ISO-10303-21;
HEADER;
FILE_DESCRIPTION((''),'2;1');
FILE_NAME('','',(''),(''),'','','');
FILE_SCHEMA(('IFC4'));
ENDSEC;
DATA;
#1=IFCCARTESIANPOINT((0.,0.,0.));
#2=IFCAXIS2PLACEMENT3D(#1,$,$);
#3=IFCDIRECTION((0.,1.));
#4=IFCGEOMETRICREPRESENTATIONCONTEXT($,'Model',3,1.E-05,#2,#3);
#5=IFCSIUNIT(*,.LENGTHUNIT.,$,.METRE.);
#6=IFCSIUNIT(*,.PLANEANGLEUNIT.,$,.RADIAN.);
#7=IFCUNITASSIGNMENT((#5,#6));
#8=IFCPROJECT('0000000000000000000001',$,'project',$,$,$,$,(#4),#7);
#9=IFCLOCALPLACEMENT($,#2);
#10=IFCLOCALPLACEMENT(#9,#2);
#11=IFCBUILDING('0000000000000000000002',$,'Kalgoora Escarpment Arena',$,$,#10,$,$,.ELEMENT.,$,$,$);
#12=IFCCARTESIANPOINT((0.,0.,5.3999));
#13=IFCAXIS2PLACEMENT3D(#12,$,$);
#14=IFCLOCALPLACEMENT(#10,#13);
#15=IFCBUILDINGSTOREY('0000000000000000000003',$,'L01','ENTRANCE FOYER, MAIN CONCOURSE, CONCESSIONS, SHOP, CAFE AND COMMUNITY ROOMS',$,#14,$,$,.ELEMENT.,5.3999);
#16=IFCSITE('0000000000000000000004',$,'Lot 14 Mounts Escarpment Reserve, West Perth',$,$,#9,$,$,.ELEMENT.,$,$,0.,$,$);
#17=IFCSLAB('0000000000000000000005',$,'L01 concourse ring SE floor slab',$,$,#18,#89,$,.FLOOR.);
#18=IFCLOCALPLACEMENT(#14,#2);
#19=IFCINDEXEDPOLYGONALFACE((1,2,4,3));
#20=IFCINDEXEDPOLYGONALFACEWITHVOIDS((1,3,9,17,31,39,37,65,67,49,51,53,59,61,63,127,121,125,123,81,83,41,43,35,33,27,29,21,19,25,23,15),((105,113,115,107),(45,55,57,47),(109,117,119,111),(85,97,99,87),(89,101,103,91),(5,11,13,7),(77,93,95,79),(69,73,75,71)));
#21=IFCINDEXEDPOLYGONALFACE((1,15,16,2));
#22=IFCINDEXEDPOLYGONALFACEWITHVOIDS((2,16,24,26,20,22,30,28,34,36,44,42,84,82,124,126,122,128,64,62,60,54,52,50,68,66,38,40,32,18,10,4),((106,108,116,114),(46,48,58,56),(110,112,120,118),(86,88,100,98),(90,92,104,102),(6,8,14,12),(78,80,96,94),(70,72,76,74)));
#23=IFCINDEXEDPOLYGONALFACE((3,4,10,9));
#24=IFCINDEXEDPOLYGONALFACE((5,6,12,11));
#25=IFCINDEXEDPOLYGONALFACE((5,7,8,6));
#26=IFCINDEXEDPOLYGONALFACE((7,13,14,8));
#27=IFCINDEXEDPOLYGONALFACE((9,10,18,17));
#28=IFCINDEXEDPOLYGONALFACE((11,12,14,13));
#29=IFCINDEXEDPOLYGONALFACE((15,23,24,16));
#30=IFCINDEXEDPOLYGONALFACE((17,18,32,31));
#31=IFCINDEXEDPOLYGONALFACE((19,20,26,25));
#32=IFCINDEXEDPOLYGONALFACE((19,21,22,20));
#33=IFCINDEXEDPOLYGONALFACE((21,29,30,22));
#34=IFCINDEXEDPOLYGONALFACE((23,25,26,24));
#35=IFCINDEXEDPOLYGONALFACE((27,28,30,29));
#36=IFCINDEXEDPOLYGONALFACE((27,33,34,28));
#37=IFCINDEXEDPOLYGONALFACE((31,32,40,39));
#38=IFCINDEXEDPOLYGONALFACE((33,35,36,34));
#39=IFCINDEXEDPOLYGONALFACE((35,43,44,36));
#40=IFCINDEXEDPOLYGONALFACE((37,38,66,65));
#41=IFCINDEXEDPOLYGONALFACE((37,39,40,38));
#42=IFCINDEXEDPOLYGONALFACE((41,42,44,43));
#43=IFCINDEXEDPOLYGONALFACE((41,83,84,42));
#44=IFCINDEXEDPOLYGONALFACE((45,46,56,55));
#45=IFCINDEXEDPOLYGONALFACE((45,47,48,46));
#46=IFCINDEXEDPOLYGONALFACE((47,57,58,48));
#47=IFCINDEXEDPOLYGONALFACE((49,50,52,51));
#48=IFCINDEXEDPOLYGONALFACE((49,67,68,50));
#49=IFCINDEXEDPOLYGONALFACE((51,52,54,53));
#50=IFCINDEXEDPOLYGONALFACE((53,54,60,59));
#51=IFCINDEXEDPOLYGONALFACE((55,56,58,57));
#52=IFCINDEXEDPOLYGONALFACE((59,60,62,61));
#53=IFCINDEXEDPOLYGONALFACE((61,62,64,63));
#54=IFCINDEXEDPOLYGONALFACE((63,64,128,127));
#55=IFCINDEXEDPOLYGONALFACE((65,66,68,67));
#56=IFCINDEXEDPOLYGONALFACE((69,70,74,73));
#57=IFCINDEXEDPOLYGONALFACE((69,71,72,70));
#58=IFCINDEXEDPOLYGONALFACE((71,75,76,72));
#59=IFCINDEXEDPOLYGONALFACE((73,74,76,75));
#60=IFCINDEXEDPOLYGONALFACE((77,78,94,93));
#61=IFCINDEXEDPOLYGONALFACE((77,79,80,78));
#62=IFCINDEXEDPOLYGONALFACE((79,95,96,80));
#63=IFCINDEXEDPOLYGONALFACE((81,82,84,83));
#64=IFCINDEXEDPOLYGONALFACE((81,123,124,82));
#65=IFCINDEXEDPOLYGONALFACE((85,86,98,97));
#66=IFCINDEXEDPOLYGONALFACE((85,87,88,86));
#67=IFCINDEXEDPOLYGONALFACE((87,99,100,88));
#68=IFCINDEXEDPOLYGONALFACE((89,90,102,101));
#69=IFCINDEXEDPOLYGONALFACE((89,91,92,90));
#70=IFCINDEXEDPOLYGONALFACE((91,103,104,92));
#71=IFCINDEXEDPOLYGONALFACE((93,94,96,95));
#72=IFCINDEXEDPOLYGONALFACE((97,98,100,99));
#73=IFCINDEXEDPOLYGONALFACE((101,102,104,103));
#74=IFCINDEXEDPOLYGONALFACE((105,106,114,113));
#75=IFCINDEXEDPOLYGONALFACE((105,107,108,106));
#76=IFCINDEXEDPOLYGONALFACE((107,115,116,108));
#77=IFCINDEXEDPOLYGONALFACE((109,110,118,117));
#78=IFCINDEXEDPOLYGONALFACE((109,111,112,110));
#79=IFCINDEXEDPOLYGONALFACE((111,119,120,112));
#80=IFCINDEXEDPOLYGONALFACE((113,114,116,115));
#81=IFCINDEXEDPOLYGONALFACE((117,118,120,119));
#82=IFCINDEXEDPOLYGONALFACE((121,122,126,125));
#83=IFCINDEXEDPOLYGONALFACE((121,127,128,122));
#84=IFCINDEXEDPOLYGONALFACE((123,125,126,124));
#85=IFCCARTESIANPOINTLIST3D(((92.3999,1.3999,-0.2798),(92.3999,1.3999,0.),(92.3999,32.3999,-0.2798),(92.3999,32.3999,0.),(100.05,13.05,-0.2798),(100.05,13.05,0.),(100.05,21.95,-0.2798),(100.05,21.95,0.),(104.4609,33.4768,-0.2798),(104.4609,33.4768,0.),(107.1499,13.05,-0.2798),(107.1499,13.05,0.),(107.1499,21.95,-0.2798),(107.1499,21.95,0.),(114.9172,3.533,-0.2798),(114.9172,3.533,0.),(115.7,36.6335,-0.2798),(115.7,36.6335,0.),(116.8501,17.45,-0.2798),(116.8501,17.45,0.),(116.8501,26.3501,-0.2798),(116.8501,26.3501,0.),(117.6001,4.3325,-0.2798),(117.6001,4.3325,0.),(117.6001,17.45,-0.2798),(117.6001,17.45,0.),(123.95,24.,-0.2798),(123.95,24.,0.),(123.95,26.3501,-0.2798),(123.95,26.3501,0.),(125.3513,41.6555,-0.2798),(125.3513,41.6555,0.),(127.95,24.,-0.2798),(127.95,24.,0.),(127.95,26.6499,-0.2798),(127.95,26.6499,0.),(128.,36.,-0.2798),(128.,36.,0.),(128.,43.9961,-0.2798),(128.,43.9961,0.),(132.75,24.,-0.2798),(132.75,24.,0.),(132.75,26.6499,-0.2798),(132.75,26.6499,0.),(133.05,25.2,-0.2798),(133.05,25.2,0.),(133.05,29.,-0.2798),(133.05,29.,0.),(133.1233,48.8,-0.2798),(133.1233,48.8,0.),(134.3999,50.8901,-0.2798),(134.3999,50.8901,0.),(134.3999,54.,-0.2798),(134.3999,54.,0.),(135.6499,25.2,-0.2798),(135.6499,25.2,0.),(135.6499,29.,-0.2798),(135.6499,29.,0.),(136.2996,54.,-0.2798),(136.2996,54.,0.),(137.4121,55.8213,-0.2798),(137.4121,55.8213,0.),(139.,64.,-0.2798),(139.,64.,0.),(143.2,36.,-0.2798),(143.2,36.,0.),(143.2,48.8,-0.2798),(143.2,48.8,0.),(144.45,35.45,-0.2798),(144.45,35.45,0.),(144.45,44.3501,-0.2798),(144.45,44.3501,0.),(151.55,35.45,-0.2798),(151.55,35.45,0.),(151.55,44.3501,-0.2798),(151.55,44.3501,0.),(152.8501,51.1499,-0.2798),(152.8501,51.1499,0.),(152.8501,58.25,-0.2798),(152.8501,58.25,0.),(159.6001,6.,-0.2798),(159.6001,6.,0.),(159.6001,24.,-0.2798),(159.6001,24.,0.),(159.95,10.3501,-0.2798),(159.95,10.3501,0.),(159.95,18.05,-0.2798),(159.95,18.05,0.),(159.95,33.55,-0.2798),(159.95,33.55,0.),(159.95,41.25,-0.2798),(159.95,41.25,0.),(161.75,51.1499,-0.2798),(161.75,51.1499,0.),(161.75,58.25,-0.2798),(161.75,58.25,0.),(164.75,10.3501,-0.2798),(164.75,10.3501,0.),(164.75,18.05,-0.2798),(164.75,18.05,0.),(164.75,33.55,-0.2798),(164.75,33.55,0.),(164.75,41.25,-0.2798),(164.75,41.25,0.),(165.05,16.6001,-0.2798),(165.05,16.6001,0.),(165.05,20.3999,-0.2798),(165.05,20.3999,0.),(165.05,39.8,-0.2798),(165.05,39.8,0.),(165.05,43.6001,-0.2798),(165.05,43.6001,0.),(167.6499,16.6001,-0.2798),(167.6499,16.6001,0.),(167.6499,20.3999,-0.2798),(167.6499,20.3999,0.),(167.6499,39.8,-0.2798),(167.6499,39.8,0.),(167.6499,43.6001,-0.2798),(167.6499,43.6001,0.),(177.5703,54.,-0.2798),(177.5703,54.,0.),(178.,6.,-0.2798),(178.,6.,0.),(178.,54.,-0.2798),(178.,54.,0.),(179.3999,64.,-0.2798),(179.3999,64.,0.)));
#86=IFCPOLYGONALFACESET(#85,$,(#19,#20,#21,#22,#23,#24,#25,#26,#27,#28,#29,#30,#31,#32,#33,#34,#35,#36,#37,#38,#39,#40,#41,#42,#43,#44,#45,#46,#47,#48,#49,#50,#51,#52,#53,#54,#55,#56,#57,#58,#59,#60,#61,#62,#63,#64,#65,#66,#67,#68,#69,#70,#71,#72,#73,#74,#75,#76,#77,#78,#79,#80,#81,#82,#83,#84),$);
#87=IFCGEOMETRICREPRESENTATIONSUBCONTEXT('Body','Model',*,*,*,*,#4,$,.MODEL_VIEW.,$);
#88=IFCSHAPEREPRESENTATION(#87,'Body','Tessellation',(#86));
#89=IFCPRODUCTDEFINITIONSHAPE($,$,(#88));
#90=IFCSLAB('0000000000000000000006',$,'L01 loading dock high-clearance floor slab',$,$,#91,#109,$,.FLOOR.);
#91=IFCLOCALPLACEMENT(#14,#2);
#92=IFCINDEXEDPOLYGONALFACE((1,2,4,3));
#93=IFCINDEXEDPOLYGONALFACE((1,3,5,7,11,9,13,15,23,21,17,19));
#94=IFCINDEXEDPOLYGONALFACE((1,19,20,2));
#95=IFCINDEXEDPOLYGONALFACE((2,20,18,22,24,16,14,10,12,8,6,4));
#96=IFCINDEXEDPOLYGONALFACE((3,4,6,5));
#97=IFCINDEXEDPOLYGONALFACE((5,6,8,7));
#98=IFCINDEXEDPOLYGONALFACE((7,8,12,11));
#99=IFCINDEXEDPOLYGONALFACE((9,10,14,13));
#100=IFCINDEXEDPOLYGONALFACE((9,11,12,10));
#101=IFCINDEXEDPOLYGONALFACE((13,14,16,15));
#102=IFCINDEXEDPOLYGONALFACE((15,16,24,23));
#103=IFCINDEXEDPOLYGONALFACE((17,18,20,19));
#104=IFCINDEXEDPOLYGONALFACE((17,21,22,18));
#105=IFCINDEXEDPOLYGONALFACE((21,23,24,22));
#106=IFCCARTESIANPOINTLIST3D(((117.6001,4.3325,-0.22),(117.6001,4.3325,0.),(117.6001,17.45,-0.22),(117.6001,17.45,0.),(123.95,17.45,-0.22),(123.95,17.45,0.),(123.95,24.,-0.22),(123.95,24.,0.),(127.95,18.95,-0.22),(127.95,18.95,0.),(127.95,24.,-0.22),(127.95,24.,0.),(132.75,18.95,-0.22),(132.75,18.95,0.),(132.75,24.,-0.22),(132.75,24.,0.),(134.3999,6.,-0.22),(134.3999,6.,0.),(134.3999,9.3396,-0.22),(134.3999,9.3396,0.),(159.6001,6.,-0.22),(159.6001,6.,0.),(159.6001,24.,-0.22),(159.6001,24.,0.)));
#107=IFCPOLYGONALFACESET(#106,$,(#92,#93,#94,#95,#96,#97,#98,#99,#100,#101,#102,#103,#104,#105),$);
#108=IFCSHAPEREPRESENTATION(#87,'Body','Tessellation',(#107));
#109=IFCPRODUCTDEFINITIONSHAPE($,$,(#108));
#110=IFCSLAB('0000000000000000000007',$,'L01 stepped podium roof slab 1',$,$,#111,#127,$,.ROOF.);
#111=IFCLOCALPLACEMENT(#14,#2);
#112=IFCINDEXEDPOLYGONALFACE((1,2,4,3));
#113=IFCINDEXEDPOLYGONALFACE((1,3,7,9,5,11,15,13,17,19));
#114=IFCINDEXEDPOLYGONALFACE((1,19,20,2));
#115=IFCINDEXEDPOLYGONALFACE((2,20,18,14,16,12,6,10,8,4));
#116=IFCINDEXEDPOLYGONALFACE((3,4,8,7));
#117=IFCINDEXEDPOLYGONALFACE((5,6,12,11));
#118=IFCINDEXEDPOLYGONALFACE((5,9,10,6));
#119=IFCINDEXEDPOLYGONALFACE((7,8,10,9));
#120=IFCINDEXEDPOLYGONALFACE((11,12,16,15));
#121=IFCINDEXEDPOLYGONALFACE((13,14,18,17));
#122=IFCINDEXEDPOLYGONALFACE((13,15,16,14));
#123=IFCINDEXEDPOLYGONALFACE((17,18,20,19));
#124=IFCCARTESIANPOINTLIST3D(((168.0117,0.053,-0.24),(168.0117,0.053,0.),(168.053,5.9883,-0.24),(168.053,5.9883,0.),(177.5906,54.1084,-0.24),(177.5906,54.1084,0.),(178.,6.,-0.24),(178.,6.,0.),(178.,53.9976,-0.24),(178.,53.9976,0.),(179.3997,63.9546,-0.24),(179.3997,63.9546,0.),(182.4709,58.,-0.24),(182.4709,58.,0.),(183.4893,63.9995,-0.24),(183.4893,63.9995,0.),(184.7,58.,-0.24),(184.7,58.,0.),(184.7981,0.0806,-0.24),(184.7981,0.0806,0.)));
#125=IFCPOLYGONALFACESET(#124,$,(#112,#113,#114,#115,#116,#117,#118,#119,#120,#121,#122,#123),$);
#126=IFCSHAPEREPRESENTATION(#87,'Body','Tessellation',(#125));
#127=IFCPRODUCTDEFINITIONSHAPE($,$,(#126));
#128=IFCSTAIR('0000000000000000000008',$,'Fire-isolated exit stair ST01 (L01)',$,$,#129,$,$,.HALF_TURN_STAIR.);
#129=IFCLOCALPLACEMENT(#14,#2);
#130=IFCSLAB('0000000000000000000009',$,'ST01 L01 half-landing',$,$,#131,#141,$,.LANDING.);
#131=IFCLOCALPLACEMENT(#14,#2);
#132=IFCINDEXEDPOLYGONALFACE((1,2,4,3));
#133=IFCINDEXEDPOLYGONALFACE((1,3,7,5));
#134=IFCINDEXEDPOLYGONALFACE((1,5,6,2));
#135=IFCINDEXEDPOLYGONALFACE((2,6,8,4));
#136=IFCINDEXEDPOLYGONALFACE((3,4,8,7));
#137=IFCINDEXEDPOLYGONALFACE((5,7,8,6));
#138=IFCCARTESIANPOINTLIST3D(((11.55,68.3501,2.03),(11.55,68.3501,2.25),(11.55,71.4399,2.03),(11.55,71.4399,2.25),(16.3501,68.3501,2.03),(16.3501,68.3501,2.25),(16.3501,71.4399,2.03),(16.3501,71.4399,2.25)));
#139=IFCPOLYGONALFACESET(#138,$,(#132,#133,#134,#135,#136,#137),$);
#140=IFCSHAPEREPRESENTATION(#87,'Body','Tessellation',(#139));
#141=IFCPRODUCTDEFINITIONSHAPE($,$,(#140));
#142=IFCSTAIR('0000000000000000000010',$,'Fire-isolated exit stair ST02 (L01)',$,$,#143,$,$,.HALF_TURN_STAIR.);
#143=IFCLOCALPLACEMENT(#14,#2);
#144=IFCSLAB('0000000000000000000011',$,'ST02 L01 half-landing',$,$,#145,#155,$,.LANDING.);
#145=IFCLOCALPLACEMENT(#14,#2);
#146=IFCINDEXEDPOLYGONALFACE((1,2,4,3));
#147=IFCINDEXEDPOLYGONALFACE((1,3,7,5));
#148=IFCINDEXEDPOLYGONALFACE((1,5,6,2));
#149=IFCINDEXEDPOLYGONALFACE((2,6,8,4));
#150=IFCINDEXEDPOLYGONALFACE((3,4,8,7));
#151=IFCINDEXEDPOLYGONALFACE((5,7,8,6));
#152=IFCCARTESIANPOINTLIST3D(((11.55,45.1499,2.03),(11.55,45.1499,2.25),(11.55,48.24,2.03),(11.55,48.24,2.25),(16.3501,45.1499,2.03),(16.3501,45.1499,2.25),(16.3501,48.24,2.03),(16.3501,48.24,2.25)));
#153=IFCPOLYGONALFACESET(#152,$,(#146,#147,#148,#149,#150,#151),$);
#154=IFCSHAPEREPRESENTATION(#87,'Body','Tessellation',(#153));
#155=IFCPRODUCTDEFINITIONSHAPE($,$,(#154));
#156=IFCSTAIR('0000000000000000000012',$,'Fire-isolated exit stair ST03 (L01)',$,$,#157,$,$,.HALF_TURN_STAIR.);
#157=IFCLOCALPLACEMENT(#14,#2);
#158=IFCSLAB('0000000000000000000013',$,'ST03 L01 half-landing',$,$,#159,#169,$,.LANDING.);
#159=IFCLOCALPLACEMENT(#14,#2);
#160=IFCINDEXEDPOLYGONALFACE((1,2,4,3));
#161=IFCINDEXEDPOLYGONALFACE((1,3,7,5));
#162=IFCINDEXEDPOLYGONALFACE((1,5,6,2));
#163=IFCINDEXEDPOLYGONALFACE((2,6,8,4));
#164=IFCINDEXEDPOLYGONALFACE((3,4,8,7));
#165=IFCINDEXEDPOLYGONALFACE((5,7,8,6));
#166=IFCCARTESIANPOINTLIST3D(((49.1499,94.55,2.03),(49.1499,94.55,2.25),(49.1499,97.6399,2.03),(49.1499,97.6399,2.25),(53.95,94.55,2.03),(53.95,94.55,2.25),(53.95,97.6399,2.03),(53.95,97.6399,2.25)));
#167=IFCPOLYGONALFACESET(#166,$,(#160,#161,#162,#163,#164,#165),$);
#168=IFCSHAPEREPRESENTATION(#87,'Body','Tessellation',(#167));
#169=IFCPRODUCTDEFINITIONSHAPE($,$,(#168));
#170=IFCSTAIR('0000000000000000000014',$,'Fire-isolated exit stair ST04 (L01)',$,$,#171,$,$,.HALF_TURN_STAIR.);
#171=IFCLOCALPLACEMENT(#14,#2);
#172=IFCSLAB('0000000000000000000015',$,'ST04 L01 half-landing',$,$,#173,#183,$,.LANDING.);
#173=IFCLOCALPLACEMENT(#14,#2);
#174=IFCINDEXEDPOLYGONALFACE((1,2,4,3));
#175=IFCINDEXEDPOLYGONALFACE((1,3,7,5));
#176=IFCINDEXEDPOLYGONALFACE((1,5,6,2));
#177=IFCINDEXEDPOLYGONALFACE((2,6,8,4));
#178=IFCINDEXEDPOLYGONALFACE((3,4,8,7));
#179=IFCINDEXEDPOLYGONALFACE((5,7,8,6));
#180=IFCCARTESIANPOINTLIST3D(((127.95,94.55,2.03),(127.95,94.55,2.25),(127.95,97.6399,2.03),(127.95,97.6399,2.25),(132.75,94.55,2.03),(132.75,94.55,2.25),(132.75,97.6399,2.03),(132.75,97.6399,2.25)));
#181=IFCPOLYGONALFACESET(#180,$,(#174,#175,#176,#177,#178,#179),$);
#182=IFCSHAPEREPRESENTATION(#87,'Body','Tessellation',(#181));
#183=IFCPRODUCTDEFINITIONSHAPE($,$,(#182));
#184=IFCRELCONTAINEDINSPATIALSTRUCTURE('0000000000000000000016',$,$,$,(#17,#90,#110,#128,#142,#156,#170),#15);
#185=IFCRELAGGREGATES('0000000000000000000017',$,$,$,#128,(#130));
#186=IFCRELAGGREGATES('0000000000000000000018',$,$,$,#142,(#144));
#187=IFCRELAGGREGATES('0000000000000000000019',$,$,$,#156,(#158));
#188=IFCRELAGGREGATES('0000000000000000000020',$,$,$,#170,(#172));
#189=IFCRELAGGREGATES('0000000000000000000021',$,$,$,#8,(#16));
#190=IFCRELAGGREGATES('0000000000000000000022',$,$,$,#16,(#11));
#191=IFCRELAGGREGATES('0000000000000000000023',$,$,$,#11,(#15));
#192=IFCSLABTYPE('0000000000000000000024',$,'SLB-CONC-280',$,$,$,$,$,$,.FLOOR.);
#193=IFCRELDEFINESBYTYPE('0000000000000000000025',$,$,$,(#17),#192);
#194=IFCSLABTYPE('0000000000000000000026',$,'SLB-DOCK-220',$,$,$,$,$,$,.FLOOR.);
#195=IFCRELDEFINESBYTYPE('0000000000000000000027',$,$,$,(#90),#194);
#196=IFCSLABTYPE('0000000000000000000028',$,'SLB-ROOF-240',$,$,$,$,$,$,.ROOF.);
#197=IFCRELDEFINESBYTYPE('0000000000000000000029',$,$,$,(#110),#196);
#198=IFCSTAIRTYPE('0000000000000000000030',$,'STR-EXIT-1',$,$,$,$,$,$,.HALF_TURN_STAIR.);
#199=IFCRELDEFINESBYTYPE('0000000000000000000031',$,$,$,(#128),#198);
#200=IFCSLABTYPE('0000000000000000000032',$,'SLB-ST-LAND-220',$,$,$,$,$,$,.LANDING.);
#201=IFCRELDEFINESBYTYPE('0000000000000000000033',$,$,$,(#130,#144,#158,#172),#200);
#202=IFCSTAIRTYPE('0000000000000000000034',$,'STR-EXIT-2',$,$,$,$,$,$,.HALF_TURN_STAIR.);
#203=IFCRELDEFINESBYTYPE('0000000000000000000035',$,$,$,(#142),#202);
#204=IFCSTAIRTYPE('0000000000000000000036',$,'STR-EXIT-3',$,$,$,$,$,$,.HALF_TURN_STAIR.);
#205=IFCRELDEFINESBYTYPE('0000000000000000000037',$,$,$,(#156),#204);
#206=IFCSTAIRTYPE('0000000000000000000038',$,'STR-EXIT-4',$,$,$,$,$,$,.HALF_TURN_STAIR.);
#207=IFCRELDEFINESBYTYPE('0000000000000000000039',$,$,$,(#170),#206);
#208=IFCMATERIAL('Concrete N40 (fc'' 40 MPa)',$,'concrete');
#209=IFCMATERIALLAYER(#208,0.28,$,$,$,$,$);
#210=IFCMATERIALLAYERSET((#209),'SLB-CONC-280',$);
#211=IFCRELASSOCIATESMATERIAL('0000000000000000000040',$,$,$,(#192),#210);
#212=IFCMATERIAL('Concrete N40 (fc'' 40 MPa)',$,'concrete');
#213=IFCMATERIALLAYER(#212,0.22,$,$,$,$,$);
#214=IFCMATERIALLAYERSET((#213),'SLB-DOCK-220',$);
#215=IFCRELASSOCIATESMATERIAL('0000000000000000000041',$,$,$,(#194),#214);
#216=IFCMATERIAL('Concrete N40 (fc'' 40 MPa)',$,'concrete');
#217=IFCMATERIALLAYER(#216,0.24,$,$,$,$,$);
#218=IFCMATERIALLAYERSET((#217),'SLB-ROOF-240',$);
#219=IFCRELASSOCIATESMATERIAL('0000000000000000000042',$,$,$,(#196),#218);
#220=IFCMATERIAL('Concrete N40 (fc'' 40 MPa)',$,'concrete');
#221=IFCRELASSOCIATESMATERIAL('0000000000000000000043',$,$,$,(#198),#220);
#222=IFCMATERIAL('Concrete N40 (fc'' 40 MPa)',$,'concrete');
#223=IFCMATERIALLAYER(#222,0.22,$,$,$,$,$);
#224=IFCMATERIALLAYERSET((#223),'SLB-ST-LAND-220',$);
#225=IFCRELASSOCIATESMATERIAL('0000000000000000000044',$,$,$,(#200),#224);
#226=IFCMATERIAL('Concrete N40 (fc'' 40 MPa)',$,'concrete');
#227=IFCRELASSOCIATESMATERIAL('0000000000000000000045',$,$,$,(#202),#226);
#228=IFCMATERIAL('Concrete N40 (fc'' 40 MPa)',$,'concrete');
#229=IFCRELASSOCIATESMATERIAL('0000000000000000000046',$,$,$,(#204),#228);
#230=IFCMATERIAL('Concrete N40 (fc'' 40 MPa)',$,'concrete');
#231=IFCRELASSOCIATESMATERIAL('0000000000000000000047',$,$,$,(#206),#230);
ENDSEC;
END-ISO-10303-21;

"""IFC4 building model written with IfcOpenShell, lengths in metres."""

from ifc_helpers import new_model, si_unit, direction, frame, origin, place, context, subcontext, project, spatial, polyline, outline, extrude, material, layer, layer_set, type_object, element, aggregate, save


model = new_model("IFC4")

# Units and contexts
model_context = context("Model", 3, precision=1e-05, world=origin(), true_north=direction((0.0, 1.0)))
body_context = subcontext(model_context, "Body", "Model", "MODEL_VIEW")
ifc_project = project(units=[si_unit("LENGTHUNIT", "METRE"), si_unit("PLANEANGLEUNIT", "RADIAN")], contexts=[model_context])

# Site, building, storey
site_placement = place(None, origin())
site = spatial("IfcSite", under=ifc_project, at=site_placement, Name="Lot 14 Mounts Escarpment Reserve, West Perth", CompositionType="ELEMENT", RefElevation=0.0)
building_placement = place(site_placement, origin())
building = spatial("IfcBuilding", under=site, at=building_placement, Name="Kalgoora Escarpment Arena", CompositionType="ELEMENT")
storey_placement = place(building_placement, frame((0.0, 0.0, 5.3999)))
storey = spatial("IfcBuildingStorey", under=building, at=storey_placement, Name="L01", Description="ENTRANCE FOYER, MAIN CONCOURSE, CONCESSIONS, SHOP, CAFE AND COMMUNITY ROOMS", CompositionType="ELEMENT", Elevation=5.3999)

# Slabs
ifc_material_1 = material(Name="Concrete N40 (fc' 40 MPa)", Category="concrete")
ifc_layer_1 = layer(ifc_material_1, 0.28)
ifc_layer_set_1 = layer_set([ifc_layer_1], Name="SLB-CONC-280")
slab_type_1 = type_object("IfcSlabType", Name="SLB-CONC-280", PredefinedType="FLOOR", material=ifc_layer_set_1)
slab_1_placement = place(storey_placement, frame((0.0, 0.0, -0.2798)))
element("IfcSlab", 1, at=slab_1_placement, inside=storey, type_object=slab_type_1, Name="L01 concourse ring SE floor slab", PredefinedType="FLOOR", context=body_context, shape_type="SweptSolid", body=[
    extrude(outline(polyline([(92.3999, 1.3999), (92.3999, 32.3999), (104.4609, 33.4768), (115.7, 36.6335), (125.3513, 41.6555), (128.0, 43.9961), (128.0, 36.0), (143.2, 36.0), (143.2, 48.8), (133.1233, 48.8), (134.3999, 50.8901), (134.3999, 54.0), (136.2996, 54.0), (137.4121, 55.8213), (139.0, 64.0), (179.3999, 64.0), (177.5703, 54.0), (178.0, 54.0), (178.0, 6.0), (159.6001, 6.0), (159.6001, 24.0), (132.75, 24.0), (132.75, 26.6499), (127.95, 26.6499), (127.95, 24.0), (123.95, 24.0), (123.95, 26.3501), (116.8501, 26.3501), (116.8501, 17.45), (117.6001, 17.45), (117.6001, 4.3325), (114.9172, 3.533), (92.3999, 1.3999)]), holes=[polyline([(159.95, 18.05), (159.95, 10.3501), (164.75, 10.3501), (164.75, 18.05), (159.95, 18.05)]), polyline([(100.05, 21.95), (100.05, 13.05), (107.1499, 13.05), (107.1499, 21.95), (100.05, 21.95)]), polyline([(165.05, 20.3999), (165.05, 16.6001), (167.6499, 16.6001), (167.6499, 20.3999), (165.05, 20.3999)]), polyline([(133.05, 29.0), (133.05, 25.2), (135.6499, 25.2), (135.6499, 29.0), (133.05, 29.0)]), polyline([(159.95, 41.25), (159.95, 33.55), (164.75, 33.55), (164.75, 41.25), (159.95, 41.25)]), polyline([(144.45, 44.3501), (144.45, 35.45), (151.55, 35.45), (151.55, 44.3501), (144.45, 44.3501)]), polyline([(165.05, 43.6001), (165.05, 39.8), (167.6499, 39.8), (167.6499, 43.6001), (165.05, 43.6001)]), polyline([(152.8501, 58.25), (152.8501, 51.1499), (161.75, 51.1499), (161.75, 58.25), (152.8501, 58.25)])]), origin(), (0.0, 0.0, 1.0), 0.2798),
])
ifc_material_2 = material(Name="Concrete N40 (fc' 40 MPa)", Category="concrete")
ifc_layer_2 = layer(ifc_material_2, 0.22)
ifc_layer_set_2 = layer_set([ifc_layer_2], Name="SLB-DOCK-220")
slab_type_2 = type_object("IfcSlabType", Name="SLB-DOCK-220", PredefinedType="FLOOR", material=ifc_layer_set_2)
slab_2_placement = place(storey_placement, frame((0.0, 0.0, -0.22)))
element("IfcSlab", 2, at=slab_2_placement, inside=storey, type_object=slab_type_2, Name="L01 loading dock high-clearance floor slab", PredefinedType="FLOOR", context=body_context, shape_type="SweptSolid", body=[
    extrude(outline(polyline([(134.3999, 9.3396), (117.6001, 4.3325), (117.6001, 17.45), (123.95, 17.45), (123.95, 24.0), (127.95, 24.0), (127.95, 18.95), (132.75, 18.95), (132.75, 24.0), (159.6001, 24.0), (159.6001, 6.0), (134.3999, 6.0), (134.3999, 9.3396)])), origin(), (0.0, 0.0, 1.0), 0.22),
])
ifc_material_3 = material(Name="Concrete N40 (fc' 40 MPa)", Category="concrete")
ifc_layer_3 = layer(ifc_material_3, 0.24)
ifc_layer_set_3 = layer_set([ifc_layer_3], Name="SLB-ROOF-240")
slab_type_3 = type_object("IfcSlabType", Name="SLB-ROOF-240", PredefinedType="ROOF", material=ifc_layer_set_3)
slab_3_placement = place(storey_placement, frame((0.0, 0.0, -0.24)))
element("IfcSlab", 3, at=slab_3_placement, inside=storey, type_object=slab_type_3, Name="L01 stepped podium roof slab 1", PredefinedType="ROOF", context=body_context, shape_type="SweptSolid", body=[
    extrude(outline(polyline([(178.0, 6.0), (178.0, 53.9976), (177.5906, 54.1084), (179.3997, 63.9546), (183.4893, 63.9995), (182.4709, 58.0), (184.7, 58.0), (184.7981, 0.0806), (168.0117, 0.053), (168.053, 5.9883), (178.0, 6.0)])), origin(), (0.0, 0.0, 1.0), 0.24),
])

# Stairs, slabs
ifc_material_4 = material(Name="Concrete N40 (fc' 40 MPa)", Category="concrete")
stair_type_1 = type_object("IfcStairType", Name="STR-EXIT-1", PredefinedType="HALF_TURN_STAIR", material=ifc_material_4)
stair_1_placement = place(storey_placement, origin())
stair_1 = element("IfcStair", 4, at=stair_1_placement, inside=storey, type_object=stair_type_1, Name="Fire-isolated exit stair ST01 (L01)", PredefinedType="HALF_TURN_STAIR")
ifc_material_5 = material(Name="Concrete N40 (fc' 40 MPa)", Category="concrete")
ifc_layer_4 = layer(ifc_material_5, 0.22)
ifc_layer_set_4 = layer_set([ifc_layer_4], Name="SLB-ST-LAND-220")
slab_type_4 = type_object("IfcSlabType", Name="SLB-ST-LAND-220", PredefinedType="LANDING", material=ifc_layer_set_4)
slab_4_placement = place(storey_placement, frame((0.0, 0.0, 2.03)))
slab_4 = element("IfcSlab", 5, at=slab_4_placement, type_object=slab_type_4, Name="ST01 L01 half-landing", PredefinedType="LANDING", context=body_context, shape_type="SweptSolid", body=[
    extrude(outline(polyline([(16.3501, 71.4399), (16.3501, 68.3501), (11.55, 68.3501), (11.55, 71.4399), (16.3501, 71.4399)])), origin(), (0.0, 0.0, 1.0), 0.22),
])
aggregate(stair_1, [slab_4])
ifc_material_6 = material(Name="Concrete N40 (fc' 40 MPa)", Category="concrete")
stair_type_2 = type_object("IfcStairType", Name="STR-EXIT-2", PredefinedType="HALF_TURN_STAIR", material=ifc_material_6)
stair_2_placement = place(storey_placement, origin())
stair_2 = element("IfcStair", 6, at=stair_2_placement, inside=storey, type_object=stair_type_2, Name="Fire-isolated exit stair ST02 (L01)", PredefinedType="HALF_TURN_STAIR")
slab_5_placement = place(storey_placement, frame((0.0, 0.0, 2.03)))
slab_5 = element("IfcSlab", 7, at=slab_5_placement, type_object=slab_type_4, Name="ST02 L01 half-landing", PredefinedType="LANDING", context=body_context, shape_type="SweptSolid", body=[
    extrude(outline(polyline([(16.3501, 48.24), (16.3501, 45.1499), (11.55, 45.1499), (11.55, 48.24), (16.3501, 48.24)])), origin(), (0.0, 0.0, 1.0), 0.22),
])
aggregate(stair_2, [slab_5])
ifc_material_7 = material(Name="Concrete N40 (fc' 40 MPa)", Category="concrete")
stair_type_3 = type_object("IfcStairType", Name="STR-EXIT-3", PredefinedType="HALF_TURN_STAIR", material=ifc_material_7)
stair_3_placement = place(storey_placement, origin())
stair_3 = element("IfcStair", 8, at=stair_3_placement, inside=storey, type_object=stair_type_3, Name="Fire-isolated exit stair ST03 (L01)", PredefinedType="HALF_TURN_STAIR")
slab_6_placement = place(storey_placement, frame((0.0, 0.0, 2.03)))
slab_6 = element("IfcSlab", 9, at=slab_6_placement, type_object=slab_type_4, Name="ST03 L01 half-landing", PredefinedType="LANDING", context=body_context, shape_type="SweptSolid", body=[
    extrude(outline(polyline([(53.95, 97.6399), (53.95, 94.55), (49.1499, 94.55), (49.1499, 97.6399), (53.95, 97.6399)])), origin(), (0.0, 0.0, 1.0), 0.22),
])
aggregate(stair_3, [slab_6])
ifc_material_8 = material(Name="Concrete N40 (fc' 40 MPa)", Category="concrete")
stair_type_4 = type_object("IfcStairType", Name="STR-EXIT-4", PredefinedType="HALF_TURN_STAIR", material=ifc_material_8)
stair_4_placement = place(storey_placement, origin())
stair_4 = element("IfcStair", 10, at=stair_4_placement, inside=storey, type_object=stair_type_4, Name="Fire-isolated exit stair ST04 (L01)", PredefinedType="HALF_TURN_STAIR")
slab_7_placement = place(storey_placement, frame((0.0, 0.0, 2.03)))
slab_7 = element("IfcSlab", 11, at=slab_7_placement, type_object=slab_type_4, Name="ST04 L01 half-landing", PredefinedType="LANDING", context=body_context, shape_type="SweptSolid", body=[
    extrude(outline(polyline([(132.75, 97.6399), (132.75, 94.55), (127.95, 94.55), (127.95, 97.6399), (132.75, 97.6399)])), origin(), (0.0, 0.0, 1.0), 0.22),
])
aggregate(stair_4, [slab_7])

save(model, "model.ifc")
